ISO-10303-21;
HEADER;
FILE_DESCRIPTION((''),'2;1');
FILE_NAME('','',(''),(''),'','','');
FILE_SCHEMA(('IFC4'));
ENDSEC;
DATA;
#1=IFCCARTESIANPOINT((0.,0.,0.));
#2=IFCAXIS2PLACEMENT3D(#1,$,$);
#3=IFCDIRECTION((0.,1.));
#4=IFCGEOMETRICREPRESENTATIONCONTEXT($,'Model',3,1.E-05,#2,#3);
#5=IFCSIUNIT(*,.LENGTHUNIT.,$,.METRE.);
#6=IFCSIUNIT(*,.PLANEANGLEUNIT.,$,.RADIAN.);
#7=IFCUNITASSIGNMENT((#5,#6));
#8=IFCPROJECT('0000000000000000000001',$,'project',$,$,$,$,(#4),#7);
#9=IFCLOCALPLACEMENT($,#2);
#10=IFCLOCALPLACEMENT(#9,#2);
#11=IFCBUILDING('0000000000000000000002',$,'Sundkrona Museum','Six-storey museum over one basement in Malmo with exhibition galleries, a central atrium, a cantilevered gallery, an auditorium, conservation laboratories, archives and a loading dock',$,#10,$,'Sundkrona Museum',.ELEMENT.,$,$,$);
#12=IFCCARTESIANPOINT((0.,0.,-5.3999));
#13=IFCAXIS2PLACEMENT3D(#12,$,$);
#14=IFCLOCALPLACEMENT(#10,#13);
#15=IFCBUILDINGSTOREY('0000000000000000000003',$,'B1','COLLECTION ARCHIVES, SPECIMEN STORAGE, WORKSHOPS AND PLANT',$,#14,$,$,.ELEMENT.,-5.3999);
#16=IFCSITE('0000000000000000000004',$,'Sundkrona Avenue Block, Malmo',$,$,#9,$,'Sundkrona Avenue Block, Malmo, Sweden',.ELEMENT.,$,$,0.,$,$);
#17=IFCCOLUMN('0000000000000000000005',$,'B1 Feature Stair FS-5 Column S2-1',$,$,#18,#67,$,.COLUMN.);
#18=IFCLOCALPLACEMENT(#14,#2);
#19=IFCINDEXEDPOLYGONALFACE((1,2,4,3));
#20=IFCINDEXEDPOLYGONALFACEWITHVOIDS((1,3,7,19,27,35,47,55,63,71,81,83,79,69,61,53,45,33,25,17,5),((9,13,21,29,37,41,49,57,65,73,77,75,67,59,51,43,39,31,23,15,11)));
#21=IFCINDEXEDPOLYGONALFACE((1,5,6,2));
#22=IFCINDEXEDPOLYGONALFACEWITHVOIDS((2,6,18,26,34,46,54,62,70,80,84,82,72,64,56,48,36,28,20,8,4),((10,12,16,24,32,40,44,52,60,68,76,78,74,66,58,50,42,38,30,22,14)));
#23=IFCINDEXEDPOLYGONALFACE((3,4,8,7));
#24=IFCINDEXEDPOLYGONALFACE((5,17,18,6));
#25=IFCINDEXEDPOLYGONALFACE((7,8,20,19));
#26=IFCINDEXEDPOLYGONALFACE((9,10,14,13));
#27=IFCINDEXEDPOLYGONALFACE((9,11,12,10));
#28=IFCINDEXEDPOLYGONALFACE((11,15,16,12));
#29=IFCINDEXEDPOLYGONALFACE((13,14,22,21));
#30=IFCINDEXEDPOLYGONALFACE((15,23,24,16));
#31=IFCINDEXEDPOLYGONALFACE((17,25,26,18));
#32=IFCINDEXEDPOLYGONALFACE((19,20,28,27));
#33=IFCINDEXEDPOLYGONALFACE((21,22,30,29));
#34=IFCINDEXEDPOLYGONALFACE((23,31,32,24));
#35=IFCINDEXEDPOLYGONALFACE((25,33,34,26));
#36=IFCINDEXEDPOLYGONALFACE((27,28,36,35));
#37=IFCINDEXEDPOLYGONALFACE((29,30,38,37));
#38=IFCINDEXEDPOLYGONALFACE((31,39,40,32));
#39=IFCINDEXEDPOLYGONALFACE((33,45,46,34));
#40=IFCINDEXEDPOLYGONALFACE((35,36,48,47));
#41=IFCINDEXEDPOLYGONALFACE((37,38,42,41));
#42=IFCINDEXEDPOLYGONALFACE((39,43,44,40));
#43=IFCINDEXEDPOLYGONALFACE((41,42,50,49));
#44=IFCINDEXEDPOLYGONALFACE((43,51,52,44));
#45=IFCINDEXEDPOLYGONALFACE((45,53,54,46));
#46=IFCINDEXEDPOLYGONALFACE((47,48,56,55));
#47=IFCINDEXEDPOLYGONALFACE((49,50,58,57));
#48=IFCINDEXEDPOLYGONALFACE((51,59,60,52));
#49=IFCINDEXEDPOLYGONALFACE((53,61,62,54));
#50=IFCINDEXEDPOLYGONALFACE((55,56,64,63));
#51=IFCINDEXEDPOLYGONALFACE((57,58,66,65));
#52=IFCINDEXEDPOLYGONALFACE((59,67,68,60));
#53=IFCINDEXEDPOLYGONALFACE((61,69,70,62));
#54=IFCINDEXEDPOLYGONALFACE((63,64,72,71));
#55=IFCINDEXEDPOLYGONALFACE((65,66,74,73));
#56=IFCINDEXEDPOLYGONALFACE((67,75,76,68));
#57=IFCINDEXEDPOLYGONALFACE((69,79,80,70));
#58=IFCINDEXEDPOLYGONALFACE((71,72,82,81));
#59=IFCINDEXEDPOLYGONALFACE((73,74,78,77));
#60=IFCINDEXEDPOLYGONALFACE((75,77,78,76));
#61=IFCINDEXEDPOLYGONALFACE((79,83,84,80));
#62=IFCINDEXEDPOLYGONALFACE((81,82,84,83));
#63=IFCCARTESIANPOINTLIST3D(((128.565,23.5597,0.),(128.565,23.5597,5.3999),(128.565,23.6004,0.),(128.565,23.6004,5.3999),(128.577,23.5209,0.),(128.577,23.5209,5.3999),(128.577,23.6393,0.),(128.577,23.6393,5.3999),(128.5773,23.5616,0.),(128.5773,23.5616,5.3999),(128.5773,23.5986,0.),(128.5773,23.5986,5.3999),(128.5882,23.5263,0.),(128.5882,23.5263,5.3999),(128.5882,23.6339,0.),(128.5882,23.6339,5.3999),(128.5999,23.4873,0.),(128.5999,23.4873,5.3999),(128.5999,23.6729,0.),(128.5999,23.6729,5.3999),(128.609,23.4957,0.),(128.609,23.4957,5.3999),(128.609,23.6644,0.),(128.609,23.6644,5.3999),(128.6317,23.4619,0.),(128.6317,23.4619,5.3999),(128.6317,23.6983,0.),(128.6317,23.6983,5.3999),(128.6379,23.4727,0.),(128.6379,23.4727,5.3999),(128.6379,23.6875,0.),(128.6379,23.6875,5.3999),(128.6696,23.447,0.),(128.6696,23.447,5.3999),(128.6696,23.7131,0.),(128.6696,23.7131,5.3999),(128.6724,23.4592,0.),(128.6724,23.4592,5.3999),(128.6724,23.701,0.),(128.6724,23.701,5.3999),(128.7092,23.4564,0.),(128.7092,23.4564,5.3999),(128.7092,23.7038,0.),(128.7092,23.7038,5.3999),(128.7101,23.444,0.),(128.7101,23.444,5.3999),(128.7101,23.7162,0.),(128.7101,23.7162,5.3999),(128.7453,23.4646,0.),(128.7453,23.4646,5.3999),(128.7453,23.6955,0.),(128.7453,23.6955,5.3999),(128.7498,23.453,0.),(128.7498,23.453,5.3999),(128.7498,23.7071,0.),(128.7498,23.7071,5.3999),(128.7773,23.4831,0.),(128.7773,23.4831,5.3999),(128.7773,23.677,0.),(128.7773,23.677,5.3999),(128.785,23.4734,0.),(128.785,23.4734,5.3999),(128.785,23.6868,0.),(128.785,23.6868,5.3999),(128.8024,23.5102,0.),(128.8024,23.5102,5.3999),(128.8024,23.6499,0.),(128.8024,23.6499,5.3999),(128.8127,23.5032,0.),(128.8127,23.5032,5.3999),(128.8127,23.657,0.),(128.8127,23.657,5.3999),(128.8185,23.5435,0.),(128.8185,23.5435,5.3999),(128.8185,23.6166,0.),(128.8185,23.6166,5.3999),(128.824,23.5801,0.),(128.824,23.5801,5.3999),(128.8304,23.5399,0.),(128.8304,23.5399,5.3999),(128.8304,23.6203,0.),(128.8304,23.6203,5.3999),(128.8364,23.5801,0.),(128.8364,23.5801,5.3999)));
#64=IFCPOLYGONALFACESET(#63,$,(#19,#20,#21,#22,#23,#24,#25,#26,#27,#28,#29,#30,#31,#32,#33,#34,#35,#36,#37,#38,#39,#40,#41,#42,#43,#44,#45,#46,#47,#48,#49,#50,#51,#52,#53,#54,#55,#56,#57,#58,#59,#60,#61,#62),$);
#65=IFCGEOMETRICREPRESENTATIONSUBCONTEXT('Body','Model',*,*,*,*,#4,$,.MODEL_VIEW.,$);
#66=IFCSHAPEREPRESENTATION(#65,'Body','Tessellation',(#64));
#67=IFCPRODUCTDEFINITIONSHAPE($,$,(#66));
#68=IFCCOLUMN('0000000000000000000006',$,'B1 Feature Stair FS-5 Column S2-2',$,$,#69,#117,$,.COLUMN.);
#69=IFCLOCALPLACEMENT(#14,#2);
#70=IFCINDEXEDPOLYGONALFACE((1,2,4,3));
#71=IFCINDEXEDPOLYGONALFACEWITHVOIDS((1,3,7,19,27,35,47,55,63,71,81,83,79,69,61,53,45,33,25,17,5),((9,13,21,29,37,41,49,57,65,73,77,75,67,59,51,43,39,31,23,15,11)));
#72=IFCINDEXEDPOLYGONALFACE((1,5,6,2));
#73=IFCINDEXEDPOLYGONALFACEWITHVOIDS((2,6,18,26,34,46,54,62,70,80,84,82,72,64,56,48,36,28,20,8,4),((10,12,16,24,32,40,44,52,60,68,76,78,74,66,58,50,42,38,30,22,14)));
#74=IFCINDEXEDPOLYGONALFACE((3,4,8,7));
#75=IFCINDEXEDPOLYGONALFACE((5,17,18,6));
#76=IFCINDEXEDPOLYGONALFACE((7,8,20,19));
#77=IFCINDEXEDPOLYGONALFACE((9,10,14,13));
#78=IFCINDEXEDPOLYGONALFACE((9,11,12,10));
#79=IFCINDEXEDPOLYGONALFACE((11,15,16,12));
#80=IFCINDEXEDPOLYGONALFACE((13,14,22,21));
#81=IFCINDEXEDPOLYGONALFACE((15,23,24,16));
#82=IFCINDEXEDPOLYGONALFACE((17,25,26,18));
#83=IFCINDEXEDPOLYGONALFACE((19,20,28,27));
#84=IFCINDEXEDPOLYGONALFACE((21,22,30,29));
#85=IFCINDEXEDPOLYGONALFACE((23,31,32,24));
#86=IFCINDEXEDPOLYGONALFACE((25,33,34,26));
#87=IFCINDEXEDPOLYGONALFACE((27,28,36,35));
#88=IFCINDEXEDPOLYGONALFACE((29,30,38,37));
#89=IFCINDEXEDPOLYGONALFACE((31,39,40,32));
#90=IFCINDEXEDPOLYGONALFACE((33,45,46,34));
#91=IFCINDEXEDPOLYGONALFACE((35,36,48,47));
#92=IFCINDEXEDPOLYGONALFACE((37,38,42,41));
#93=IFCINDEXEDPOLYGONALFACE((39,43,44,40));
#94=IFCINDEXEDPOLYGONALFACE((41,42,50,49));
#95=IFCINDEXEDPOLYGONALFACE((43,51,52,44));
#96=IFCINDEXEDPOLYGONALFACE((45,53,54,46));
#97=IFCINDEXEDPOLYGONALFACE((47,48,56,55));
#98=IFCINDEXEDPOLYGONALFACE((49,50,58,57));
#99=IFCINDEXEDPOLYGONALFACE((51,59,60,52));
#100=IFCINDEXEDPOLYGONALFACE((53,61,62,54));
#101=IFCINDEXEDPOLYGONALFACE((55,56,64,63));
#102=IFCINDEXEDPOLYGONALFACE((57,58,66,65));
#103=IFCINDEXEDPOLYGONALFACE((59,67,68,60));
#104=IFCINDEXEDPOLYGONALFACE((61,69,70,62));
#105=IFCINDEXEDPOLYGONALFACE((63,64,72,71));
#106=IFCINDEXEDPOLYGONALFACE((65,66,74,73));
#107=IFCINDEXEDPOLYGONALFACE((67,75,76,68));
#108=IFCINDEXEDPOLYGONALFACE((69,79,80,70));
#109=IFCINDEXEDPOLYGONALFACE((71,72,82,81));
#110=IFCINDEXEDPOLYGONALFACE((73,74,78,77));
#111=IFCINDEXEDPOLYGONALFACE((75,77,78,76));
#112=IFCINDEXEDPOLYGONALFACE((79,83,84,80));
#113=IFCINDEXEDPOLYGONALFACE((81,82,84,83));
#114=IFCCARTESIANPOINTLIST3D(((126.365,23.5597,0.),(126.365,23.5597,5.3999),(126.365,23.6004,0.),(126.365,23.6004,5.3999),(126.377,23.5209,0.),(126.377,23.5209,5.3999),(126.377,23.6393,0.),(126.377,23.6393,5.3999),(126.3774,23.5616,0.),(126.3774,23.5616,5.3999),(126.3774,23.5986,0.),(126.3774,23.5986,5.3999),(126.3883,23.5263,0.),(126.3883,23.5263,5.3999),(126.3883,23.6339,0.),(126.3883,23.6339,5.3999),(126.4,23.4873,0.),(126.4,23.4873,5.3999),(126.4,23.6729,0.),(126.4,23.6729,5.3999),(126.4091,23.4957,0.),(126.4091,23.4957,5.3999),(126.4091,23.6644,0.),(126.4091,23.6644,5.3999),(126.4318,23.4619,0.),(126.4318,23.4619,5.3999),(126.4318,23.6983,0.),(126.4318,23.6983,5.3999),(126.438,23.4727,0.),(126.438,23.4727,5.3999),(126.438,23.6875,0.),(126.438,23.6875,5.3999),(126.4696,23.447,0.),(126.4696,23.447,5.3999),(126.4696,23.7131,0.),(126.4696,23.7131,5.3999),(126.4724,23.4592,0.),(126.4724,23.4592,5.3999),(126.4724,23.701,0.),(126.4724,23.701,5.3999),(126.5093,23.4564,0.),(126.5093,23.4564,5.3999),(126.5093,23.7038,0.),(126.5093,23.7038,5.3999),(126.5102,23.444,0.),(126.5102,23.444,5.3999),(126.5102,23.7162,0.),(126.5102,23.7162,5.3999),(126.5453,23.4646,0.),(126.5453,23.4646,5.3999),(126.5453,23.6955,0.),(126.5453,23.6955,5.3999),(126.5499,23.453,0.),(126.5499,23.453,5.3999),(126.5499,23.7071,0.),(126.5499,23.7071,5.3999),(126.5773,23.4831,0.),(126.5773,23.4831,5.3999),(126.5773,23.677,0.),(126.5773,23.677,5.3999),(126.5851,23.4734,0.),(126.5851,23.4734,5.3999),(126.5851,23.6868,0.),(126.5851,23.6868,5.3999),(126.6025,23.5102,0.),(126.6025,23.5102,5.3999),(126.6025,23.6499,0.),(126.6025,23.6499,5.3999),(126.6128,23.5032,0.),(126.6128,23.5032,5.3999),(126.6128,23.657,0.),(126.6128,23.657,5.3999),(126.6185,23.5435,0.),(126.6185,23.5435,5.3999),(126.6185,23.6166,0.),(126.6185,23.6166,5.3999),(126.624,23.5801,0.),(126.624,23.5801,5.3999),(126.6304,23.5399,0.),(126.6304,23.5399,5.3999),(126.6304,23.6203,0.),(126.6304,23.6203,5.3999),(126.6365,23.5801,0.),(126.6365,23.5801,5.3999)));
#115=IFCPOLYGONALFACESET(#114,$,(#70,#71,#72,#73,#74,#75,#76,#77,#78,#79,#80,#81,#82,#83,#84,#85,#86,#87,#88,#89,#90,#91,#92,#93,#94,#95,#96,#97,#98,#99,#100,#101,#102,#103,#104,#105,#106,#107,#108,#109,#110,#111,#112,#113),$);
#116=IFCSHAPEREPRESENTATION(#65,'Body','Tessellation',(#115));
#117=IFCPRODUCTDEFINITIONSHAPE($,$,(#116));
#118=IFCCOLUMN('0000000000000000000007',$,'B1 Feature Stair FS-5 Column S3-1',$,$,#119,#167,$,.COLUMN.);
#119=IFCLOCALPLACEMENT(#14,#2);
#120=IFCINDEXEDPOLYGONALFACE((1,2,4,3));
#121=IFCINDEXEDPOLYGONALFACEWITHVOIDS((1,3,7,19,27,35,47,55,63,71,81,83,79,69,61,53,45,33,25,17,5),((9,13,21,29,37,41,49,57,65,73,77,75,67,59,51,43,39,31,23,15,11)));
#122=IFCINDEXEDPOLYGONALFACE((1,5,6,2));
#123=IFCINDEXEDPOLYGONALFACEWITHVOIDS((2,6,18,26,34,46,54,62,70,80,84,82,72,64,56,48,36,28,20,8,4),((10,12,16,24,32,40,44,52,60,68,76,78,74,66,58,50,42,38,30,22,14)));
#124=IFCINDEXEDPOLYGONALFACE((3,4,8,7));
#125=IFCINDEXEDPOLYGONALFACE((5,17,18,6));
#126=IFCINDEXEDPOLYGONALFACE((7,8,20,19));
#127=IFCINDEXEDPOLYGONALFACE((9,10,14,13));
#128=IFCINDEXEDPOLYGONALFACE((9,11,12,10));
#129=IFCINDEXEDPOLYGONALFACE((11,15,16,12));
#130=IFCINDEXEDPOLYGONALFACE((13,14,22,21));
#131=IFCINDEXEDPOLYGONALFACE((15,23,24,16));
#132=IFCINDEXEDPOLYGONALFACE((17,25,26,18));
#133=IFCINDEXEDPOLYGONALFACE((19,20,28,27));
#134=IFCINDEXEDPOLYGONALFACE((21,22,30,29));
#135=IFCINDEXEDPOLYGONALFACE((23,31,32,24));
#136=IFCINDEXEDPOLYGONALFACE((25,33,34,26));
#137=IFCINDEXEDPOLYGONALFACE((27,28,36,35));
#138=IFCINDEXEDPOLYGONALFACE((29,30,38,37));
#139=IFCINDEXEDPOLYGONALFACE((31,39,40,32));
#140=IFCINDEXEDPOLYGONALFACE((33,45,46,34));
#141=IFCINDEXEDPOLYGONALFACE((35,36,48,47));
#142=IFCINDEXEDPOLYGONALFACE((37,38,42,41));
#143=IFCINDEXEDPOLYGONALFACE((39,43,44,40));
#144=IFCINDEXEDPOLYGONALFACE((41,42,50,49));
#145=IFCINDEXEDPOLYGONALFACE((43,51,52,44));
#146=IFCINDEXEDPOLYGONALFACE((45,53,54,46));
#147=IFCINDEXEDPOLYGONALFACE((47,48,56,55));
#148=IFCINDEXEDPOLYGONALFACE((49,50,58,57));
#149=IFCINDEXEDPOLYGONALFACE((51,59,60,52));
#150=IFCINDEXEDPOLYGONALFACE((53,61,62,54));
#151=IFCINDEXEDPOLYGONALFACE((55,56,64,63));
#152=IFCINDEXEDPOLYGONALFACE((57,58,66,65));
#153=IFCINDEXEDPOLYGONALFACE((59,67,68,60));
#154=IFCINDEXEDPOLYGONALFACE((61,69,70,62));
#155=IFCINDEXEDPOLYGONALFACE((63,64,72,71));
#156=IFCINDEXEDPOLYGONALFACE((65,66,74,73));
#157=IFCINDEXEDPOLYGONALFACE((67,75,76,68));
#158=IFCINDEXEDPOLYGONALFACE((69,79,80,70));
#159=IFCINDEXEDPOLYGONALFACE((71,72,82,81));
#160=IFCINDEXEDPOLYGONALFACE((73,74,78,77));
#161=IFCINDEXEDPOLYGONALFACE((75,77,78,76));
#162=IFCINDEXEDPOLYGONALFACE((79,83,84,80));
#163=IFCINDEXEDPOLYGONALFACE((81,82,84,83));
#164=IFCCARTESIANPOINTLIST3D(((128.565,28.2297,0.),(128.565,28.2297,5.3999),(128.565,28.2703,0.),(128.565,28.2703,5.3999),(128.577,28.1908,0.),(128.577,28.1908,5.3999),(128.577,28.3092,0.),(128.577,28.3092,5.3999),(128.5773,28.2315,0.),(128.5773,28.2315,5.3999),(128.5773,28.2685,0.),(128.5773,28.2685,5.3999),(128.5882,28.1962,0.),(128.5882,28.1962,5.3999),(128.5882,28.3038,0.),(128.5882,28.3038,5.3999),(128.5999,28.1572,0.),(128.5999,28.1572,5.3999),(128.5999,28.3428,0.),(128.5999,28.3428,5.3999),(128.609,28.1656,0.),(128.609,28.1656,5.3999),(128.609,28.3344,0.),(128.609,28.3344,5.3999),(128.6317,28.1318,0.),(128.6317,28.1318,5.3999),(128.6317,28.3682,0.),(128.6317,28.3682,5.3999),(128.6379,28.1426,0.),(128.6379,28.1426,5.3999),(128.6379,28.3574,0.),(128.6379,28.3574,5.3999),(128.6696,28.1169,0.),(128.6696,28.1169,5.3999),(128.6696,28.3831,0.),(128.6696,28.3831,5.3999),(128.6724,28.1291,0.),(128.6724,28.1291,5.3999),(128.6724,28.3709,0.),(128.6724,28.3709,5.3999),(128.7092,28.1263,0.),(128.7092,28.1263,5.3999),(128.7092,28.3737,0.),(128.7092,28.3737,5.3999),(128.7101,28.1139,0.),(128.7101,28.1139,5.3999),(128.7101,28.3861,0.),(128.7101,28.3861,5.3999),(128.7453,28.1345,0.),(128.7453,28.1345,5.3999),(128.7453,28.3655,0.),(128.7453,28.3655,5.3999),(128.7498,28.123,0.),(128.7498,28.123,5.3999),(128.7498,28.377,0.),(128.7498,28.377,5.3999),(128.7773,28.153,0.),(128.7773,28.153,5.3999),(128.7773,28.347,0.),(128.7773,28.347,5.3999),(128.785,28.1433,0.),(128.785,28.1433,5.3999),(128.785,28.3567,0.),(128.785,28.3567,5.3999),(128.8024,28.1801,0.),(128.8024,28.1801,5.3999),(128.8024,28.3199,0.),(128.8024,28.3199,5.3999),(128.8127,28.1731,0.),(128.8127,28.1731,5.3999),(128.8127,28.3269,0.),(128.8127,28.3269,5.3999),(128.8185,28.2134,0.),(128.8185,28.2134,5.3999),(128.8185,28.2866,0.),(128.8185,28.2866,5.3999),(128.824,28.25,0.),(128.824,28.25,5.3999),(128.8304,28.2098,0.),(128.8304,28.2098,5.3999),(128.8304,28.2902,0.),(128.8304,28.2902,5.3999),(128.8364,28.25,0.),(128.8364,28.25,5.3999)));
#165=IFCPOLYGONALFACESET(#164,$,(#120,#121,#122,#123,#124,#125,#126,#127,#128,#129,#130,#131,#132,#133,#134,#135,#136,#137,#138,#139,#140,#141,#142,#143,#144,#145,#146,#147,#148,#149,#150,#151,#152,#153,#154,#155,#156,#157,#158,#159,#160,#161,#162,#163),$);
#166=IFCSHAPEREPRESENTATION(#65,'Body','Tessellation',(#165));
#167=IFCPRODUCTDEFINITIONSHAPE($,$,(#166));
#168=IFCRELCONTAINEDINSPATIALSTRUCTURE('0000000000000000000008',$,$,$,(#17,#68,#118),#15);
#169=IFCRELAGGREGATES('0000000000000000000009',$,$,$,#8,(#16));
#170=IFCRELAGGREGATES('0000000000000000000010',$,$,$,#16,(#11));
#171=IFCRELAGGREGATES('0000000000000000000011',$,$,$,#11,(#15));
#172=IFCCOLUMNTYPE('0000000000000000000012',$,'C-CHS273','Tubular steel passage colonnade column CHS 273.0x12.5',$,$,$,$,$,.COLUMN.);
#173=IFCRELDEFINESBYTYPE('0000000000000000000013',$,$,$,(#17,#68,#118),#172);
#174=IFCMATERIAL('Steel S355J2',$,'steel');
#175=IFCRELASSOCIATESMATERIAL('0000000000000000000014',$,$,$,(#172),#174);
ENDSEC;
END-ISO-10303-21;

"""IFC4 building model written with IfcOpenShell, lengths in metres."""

from ifc_helpers import new_model, si_unit, direction, frame, origin, origin_2d, place, context, subcontext, project, spatial, hollow_circle, extrude, material, material_profile, profile_set, type_object, element, save


model = new_model("IFC4")

# Units and contexts
model_context = context("Model", 3, precision=1e-05, world=origin(), true_north=direction((0.0, 1.0)))
body_context = subcontext(model_context, "Body", "Model", "MODEL_VIEW")
ifc_project = project(units=[si_unit("LENGTHUNIT", "METRE"), si_unit("PLANEANGLEUNIT", "RADIAN")], contexts=[model_context])

# Site, building, storey
site_placement = place(None, origin())
site = spatial("IfcSite", under=ifc_project, at=site_placement, Name="Sundkrona Avenue Block, Malmo", LongName="Sundkrona Avenue Block, Malmo, Sweden", CompositionType="ELEMENT", RefElevation=0.0)
building_placement = place(site_placement, origin())
building = spatial("IfcBuilding", under=site, at=building_placement, Name="Sundkrona Museum", Description="Six-storey museum over one basement in Malmo with exhibition galleries, a central atrium, a cantilevered gallery, an auditorium, conservation laboratories, archives and a loading dock", LongName="Sundkrona Museum", CompositionType="ELEMENT")
storey_placement = place(building_placement, frame((0.0, 0.0, -5.3999)))
storey = spatial("IfcBuildingStorey", under=building, at=storey_placement, Name="B1", Description="COLLECTION ARCHIVES, SPECIMEN STORAGE, WORKSHOPS AND PLANT", CompositionType="ELEMENT", Elevation=-5.3999)

# Columns
ifc_material_1 = material(Name="Steel S355J2", Category="steel")
ifc_material_profile_1 = material_profile(ifc_material_1, hollow_circle(Radius=0.1365, WallThickness=0.0125, at=origin_2d()), Name="CHS 273.0x12.5")
ifc_profile_set_1 = profile_set([ifc_material_profile_1], Name="Steel S355J2")
column_type_1 = type_object("IfcColumnType", Name="C-CHS273", Description="Tubular steel passage colonnade column CHS 273.0x12.5", PredefinedType="COLUMN", material=ifc_profile_set_1)
for number, where, z_axis, x_axis, name in (
    (1, (128.7, 23.5801, 0.0), (0.0, 0.0, 1.0), (1.0, 0.0, 0.0), "B1 Feature Stair FS-5 Column S2-1"),
    (2, (126.5, 23.5801, 0.0), (0.0, 0.0, 1.0), (1.0, 0.0, 0.0), "B1 Feature Stair FS-5 Column S2-2"),
    (3, (128.7, 28.25, 0.0), (0.0, 0.0, 1.0), (1.0, 0.0, 0.0), "B1 Feature Stair FS-5 Column S3-1"),
):
    element("IfcColumn", number, at=place(storey_placement, frame(where, z_axis=z_axis, x_axis=x_axis)), inside=storey, type_object=column_type_1, Name=name, PredefinedType="COLUMN", context=body_context, shape_type="SweptSolid", body=[
        extrude(hollow_circle(Radius=0.1365, WallThickness=0.0125, at=origin_2d()), origin(), (0.0, 0.0, 1.0), 5.3999),
    ])

save(model, "model.ifc")
